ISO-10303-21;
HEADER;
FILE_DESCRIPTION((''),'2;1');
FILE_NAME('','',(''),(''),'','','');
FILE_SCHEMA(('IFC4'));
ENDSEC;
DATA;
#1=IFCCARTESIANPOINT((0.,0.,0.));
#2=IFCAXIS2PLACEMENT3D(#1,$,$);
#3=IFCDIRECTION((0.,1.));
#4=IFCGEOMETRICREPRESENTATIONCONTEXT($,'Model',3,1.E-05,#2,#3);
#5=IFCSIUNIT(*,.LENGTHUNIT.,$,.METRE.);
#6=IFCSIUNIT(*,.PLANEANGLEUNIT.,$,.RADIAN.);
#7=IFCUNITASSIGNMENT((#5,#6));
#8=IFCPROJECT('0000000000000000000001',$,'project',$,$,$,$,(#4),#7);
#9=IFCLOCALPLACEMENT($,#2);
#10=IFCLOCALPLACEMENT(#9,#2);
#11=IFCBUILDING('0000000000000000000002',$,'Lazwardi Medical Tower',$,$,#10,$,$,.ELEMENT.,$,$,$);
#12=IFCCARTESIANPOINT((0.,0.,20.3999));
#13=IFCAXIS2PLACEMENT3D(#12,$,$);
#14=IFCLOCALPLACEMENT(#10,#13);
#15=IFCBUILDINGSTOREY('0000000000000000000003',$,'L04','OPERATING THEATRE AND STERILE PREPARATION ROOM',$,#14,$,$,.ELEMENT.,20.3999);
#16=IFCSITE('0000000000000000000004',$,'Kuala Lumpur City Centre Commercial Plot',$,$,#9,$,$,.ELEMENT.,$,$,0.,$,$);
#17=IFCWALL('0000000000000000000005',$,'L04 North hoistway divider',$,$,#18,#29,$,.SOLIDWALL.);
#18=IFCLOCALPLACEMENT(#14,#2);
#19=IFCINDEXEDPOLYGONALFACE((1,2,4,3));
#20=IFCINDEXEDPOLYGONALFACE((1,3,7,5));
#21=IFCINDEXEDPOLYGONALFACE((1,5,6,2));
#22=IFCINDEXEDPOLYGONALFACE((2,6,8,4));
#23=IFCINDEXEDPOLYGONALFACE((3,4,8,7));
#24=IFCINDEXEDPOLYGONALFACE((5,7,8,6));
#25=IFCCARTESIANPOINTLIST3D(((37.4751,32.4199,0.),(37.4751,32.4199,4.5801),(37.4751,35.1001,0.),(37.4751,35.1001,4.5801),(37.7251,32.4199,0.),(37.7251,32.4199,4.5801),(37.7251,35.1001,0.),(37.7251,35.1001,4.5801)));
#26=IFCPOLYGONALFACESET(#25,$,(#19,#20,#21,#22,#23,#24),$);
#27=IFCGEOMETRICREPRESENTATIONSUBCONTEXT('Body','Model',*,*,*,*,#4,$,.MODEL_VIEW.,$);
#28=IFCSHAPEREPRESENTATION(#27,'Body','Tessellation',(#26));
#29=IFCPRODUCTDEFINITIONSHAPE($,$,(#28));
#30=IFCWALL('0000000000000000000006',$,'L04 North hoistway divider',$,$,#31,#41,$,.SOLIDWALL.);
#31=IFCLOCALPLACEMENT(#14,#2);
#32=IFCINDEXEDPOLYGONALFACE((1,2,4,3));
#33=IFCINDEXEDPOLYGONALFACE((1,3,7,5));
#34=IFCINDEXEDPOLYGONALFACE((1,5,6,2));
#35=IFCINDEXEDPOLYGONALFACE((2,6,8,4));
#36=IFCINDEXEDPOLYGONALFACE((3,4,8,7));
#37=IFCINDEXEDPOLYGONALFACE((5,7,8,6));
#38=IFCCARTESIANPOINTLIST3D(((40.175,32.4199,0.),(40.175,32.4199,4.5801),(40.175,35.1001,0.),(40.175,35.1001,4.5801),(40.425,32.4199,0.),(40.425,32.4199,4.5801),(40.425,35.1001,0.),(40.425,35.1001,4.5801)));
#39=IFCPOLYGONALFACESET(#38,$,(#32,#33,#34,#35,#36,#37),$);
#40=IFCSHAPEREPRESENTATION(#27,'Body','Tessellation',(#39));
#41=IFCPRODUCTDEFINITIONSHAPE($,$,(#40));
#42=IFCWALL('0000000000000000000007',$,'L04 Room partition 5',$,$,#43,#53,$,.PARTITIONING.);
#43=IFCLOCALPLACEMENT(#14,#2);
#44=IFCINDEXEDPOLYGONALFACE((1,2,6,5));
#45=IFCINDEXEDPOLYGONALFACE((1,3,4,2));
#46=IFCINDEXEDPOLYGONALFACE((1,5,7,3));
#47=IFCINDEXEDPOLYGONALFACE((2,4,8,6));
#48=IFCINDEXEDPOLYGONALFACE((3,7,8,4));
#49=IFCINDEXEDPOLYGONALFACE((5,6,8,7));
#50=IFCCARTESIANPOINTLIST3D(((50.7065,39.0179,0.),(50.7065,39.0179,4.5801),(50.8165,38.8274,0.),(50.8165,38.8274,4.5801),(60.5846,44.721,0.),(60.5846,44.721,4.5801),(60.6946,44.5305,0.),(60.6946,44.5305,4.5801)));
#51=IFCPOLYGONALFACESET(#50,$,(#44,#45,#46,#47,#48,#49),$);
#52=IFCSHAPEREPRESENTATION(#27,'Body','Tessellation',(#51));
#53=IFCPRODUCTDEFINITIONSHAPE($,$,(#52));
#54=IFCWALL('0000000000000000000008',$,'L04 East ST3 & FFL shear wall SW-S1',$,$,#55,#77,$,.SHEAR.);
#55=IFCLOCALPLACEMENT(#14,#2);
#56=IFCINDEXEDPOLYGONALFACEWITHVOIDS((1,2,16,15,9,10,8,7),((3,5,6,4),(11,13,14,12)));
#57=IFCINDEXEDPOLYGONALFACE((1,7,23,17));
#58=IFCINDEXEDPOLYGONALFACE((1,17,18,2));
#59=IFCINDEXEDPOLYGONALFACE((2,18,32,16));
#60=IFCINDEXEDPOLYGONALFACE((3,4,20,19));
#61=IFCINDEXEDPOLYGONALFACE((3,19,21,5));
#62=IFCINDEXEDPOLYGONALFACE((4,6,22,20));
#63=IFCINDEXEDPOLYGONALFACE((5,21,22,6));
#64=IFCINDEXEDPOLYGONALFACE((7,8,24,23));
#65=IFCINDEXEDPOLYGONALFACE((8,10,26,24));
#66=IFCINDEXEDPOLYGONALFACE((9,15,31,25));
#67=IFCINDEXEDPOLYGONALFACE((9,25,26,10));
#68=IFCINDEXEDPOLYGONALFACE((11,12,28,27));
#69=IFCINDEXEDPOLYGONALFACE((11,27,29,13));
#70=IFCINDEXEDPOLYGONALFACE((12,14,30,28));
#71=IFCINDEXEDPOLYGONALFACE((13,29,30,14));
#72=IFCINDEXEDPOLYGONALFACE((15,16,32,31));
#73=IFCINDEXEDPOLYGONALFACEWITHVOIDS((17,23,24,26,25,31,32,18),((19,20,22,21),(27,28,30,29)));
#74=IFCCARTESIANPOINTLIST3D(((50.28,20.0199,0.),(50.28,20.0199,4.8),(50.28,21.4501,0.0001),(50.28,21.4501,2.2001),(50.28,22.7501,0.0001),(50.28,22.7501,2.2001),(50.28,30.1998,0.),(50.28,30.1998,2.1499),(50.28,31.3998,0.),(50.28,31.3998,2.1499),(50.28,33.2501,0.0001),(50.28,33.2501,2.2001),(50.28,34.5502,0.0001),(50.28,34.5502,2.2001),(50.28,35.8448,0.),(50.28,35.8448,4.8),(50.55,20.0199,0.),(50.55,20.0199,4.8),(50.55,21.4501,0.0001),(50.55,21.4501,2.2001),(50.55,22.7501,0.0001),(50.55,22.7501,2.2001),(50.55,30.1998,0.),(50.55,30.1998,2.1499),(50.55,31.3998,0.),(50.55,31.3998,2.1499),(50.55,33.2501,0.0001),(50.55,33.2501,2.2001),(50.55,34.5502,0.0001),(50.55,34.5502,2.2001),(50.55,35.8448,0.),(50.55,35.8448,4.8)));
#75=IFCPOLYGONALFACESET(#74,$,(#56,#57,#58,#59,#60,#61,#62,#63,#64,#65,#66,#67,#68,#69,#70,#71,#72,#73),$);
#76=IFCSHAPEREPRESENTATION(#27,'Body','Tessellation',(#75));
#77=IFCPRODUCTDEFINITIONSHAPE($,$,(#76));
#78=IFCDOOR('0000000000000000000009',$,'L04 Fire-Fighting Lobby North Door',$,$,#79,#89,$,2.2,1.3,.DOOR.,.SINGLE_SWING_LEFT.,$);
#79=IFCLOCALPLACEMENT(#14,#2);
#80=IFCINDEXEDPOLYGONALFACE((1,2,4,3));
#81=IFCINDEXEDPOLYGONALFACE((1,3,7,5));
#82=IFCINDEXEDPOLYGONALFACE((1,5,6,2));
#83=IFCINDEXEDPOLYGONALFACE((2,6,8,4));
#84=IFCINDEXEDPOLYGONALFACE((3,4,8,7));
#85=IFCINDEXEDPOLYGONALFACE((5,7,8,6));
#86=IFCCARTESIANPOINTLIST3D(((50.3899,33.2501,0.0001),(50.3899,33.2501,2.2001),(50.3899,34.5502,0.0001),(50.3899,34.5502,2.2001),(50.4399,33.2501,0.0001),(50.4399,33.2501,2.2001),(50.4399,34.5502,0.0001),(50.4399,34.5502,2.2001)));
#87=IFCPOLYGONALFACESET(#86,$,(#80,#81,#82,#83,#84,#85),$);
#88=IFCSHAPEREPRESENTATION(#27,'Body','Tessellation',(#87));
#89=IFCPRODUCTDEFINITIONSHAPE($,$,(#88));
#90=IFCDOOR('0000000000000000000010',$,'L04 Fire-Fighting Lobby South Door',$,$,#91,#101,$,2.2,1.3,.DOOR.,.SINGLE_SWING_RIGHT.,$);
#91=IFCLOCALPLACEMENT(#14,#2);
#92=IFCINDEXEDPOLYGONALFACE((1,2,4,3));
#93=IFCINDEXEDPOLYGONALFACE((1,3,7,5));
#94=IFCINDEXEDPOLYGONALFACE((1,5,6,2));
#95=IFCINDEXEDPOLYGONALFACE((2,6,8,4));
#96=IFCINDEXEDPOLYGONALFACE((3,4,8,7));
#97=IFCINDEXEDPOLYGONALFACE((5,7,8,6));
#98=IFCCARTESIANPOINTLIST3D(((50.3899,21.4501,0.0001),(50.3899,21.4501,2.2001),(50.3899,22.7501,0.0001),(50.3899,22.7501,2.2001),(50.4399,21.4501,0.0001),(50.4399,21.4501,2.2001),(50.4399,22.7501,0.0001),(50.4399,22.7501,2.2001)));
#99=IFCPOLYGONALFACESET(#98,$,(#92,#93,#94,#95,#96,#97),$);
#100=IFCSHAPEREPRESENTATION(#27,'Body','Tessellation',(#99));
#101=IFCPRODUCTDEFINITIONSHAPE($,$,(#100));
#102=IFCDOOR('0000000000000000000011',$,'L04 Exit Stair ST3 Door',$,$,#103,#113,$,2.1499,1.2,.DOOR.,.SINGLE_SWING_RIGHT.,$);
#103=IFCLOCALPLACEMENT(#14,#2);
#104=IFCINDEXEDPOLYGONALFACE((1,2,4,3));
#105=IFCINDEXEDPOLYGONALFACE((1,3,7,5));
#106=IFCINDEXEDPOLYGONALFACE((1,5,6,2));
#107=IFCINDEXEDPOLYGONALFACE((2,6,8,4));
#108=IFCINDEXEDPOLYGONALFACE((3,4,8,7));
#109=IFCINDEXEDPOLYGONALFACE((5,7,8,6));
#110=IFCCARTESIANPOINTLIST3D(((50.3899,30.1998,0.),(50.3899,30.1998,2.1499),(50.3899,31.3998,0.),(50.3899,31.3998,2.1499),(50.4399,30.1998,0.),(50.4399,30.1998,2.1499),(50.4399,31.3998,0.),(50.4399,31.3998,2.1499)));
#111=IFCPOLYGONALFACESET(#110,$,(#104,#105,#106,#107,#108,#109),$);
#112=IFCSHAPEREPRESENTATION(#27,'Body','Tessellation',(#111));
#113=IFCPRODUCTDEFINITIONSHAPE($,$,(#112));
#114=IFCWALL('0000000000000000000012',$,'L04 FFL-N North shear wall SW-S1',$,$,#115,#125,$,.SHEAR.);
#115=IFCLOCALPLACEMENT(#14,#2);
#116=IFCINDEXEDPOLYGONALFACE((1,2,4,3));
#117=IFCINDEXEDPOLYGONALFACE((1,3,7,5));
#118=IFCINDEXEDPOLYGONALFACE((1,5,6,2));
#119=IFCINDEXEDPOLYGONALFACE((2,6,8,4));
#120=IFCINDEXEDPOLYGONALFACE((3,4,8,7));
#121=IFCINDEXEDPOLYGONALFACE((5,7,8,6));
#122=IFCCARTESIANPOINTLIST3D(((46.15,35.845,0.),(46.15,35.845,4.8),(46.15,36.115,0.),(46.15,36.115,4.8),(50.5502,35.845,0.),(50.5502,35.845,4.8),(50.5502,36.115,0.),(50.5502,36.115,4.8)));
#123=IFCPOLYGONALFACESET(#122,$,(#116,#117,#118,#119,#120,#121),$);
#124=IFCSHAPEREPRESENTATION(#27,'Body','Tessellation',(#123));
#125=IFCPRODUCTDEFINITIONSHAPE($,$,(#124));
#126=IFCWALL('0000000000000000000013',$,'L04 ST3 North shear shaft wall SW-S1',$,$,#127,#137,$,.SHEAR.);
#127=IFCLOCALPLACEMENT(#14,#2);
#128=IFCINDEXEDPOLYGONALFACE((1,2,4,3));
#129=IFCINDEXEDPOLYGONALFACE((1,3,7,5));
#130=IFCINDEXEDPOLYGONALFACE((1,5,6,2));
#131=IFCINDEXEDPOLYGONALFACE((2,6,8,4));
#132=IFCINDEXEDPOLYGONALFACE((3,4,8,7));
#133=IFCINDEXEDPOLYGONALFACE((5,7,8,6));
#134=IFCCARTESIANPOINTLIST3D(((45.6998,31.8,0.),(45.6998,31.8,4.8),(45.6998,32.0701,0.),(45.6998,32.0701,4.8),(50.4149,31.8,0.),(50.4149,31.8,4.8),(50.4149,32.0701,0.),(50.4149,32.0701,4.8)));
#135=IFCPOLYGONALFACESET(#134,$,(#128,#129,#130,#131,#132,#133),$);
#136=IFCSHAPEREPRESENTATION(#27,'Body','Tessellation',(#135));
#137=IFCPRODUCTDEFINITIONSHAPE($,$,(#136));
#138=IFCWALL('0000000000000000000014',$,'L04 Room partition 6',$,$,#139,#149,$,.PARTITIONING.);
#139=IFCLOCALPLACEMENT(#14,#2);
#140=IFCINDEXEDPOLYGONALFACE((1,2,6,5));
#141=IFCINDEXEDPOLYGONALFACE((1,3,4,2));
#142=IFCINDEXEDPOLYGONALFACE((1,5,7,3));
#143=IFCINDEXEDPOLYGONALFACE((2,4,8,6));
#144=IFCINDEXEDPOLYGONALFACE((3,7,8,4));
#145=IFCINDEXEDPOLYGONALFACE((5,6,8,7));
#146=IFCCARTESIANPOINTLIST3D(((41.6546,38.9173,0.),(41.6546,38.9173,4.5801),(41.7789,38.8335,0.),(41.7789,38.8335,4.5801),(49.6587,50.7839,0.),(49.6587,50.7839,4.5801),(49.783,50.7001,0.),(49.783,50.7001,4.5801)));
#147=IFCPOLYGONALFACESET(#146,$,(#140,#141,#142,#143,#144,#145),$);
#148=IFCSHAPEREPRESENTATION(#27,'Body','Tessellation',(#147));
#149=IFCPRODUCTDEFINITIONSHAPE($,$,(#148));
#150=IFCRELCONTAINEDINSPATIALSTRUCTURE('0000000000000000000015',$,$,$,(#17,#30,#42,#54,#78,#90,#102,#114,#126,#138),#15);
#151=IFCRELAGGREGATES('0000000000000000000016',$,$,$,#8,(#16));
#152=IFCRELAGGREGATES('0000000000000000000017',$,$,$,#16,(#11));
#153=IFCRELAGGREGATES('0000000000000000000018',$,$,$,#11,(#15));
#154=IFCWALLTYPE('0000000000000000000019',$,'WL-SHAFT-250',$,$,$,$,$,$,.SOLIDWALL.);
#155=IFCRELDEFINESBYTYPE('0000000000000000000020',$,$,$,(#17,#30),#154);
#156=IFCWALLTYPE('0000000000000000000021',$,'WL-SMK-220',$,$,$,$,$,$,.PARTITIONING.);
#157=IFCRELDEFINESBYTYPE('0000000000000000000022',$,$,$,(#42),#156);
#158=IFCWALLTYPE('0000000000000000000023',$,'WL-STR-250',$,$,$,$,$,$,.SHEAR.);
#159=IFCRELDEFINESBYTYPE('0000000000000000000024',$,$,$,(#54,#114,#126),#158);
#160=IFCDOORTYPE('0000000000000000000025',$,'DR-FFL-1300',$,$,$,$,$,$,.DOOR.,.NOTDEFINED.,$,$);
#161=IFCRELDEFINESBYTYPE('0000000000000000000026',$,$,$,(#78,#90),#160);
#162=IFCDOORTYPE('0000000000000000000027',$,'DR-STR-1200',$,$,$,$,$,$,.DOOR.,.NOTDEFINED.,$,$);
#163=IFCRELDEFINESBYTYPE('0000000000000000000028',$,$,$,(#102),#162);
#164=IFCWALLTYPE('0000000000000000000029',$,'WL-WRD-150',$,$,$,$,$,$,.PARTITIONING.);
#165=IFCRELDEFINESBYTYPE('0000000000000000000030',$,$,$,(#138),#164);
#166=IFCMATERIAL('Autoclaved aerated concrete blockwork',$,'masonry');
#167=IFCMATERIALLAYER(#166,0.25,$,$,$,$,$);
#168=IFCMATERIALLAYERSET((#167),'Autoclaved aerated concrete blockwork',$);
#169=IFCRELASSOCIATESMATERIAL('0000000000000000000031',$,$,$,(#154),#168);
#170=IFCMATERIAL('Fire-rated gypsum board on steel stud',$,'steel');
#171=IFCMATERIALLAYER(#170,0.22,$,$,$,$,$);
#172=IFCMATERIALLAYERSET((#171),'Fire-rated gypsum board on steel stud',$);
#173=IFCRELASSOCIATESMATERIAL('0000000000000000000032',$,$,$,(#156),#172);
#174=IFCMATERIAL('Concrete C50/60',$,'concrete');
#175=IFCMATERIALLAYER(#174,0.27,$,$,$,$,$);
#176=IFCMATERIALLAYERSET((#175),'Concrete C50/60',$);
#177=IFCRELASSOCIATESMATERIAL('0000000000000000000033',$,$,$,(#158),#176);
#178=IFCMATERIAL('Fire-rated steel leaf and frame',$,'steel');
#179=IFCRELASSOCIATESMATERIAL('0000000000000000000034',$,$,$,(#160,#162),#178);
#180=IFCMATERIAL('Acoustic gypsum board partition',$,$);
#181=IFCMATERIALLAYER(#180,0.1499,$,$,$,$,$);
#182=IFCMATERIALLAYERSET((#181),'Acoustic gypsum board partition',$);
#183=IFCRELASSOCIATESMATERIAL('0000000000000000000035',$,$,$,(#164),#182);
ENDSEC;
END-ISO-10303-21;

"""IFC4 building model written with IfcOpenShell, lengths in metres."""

from ifc_helpers import new_model, si_unit, direction, frame, frame_2d, origin, place, context, subcontext, project, spatial, rectangle, extrude, material, layer, layer_set, type_object, element, fill, save


model = new_model("IFC4")

# Units and contexts
model_context = context("Model", 3, precision=1e-05, world=origin(), true_north=direction((0.0, 1.0)))
body_context = subcontext(model_context, "Body", "Model", "MODEL_VIEW")
ifc_project = project(units=[si_unit("LENGTHUNIT", "METRE"), si_unit("PLANEANGLEUNIT", "RADIAN")], contexts=[model_context])

# Site, building, storey
site_placement = place(None, origin())
site = spatial("IfcSite", under=ifc_project, at=site_placement, Name="Kuala Lumpur City Centre Commercial Plot", CompositionType="ELEMENT", RefElevation=0.0)
building_placement = place(site_placement, origin())
building = spatial("IfcBuilding", under=site, at=building_placement, Name="Lazwardi Medical Tower", CompositionType="ELEMENT")
storey_placement = place(building_placement, frame((0.0, 0.0, 20.3999)))
storey = spatial("IfcBuildingStorey", under=building, at=storey_placement, Name="L04", Description="OPERATING THEATRE AND STERILE PREPARATION ROOM", CompositionType="ELEMENT", Elevation=20.3999)

# Walls
ifc_material_1 = material(Name="Autoclaved aerated concrete blockwork", Category="masonry")
ifc_layer_1 = layer(ifc_material_1, 0.25)
ifc_layer_set_1 = layer_set([ifc_layer_1], Name="Autoclaved aerated concrete blockwork")
wall_type_1 = type_object("IfcWallType", Name="WL-SHAFT-250", PredefinedType="SOLIDWALL", material=ifc_layer_set_1)
for number, where, z_axis, x_axis, name in (
    (1, (37.6001, 32.4199, 0.0), (0.0, 0.0, 1.0), (0.0, 1.0, 0.0), "L04 North hoistway divider"),
    (2, (40.3, 32.4199, 0.0), (0.0, 0.0, 1.0), (0.0, 1.0, 0.0), "L04 North hoistway divider"),
):
    element("IfcWall", number, at=place(storey_placement, frame(where, z_axis=z_axis, x_axis=x_axis)), inside=storey, type_object=wall_type_1, Name=name, PredefinedType="SOLIDWALL", context=body_context, shape_type="SweptSolid", body=[
        extrude(rectangle(XDim=2.6802, YDim=0.25, at=frame_2d((1.3401, 0.0))), origin(), (0.0, 0.0, 1.0), 4.5801),
    ])
ifc_material_2 = material(Name="Fire-rated gypsum board on steel stud", Category="steel")
ifc_layer_2 = layer(ifc_material_2, 0.22)
ifc_layer_set_2 = layer_set([ifc_layer_2], Name="Fire-rated gypsum board on steel stud")
wall_type_2 = type_object("IfcWallType", Name="WL-SMK-220", PredefinedType="PARTITIONING", material=ifc_layer_set_2)
wall_1_placement = place(storey_placement, frame((50.7615, 38.9226, 0.0), z_axis=(0.0, 0.0, 1.0), x_axis=(0.866027, 0.499997, 0.0)))
element("IfcWall", 3, at=wall_1_placement, inside=storey, type_object=wall_type_2, Name="L04 Room partition 5", PredefinedType="PARTITIONING", context=body_context, shape_type="SweptSolid", body=[
    extrude(rectangle(XDim=11.4062, YDim=0.22, at=frame_2d((5.7031, 0.0))), origin(), (0.0, 0.0, 1.0), 4.5801),
])

# Wall, openings, doors
ifc_material_3 = material(Name="Concrete C50/60", Category="concrete")
ifc_layer_3 = layer(ifc_material_3, 0.27)
ifc_layer_set_3 = layer_set([ifc_layer_3], Name="Concrete C50/60")
wall_type_3 = type_object("IfcWallType", Name="WL-STR-250", PredefinedType="SHEAR", material=ifc_layer_set_3)
wall_2_placement = place(storey_placement, frame((50.415, 35.845, 0.0), z_axis=(0.0, 0.0, 1.0), x_axis=(0.0, -1.0, 0.0)))
wall_2 = element("IfcWall", 4, at=wall_2_placement, inside=storey, type_object=wall_type_3, Name="L04 East ST3 & FFL shear wall SW-S1", PredefinedType="SHEAR", context=body_context, shape_type="SweptSolid", body=[
    extrude(rectangle(XDim=15.825, YDim=0.27, at=frame_2d((7.9126, 0.0))), origin(), (0.0, 0.0, 1.0), 4.8),
])
opening_1_placement = place(wall_2_placement, frame((4.4451, 0.0, 0.0)))
opening_1 = element("IfcOpeningElement", 5, at=opening_1_placement, cuts=wall_2, PredefinedType="OPENING", context=body_context, shape_type="SweptSolid", body=[
    extrude(rectangle(XDim=1.2, YDim=2.1499, at=frame_2d((0.6001, 1.075))), frame((0.0, 0.145, 0.0), z_axis=(0.0, -1.0, 0.0), x_axis=(1.0, 0.0, 0.0)), (0.0, 0.0, 1.0), 0.29),
])
opening_2_placement = place(wall_2_placement, frame((1.2949, 0.0, 0.0)))
opening_2 = element("IfcOpeningElement", 6, at=opening_2_placement, cuts=wall_2, PredefinedType="OPENING", context=body_context, shape_type="SweptSolid", body=[
    extrude(rectangle(XDim=1.3, YDim=2.2, at=frame_2d((0.6499, 1.1001))), frame((0.0, 0.145, 0.0), z_axis=(0.0, -1.0, 0.0), x_axis=(1.0, 0.0, 0.0)), (0.0, 0.0, 1.0), 0.29),
])
opening_3_placement = place(wall_2_placement, frame((13.095, 0.0, 0.0)))
opening_3 = element("IfcOpeningElement", 7, at=opening_3_placement, cuts=wall_2, PredefinedType="OPENING", context=body_context, shape_type="SweptSolid", body=[
    extrude(rectangle(XDim=1.3, YDim=2.2, at=frame_2d((0.6499, 1.1001))), frame((0.0, 0.145, 0.0), z_axis=(0.0, -1.0, 0.0), x_axis=(1.0, 0.0, 0.0)), (0.0, 0.0, 1.0), 0.29),
])
ifc_material_4 = material(Name="Fire-rated steel leaf and frame", Category="steel")
door_type_1 = type_object("IfcDoorType", Name="DR-FFL-1300", OperationType="NOTDEFINED", PredefinedType="DOOR", material=ifc_material_4)
door_1_placement = place(opening_2_placement, origin())
door_1 = element("IfcDoor", 8, at=door_1_placement, inside=storey, type_object=door_type_1, Name="L04 Fire-Fighting Lobby North Door", OperationType="SINGLE_SWING_LEFT", OverallHeight=2.2, OverallWidth=1.3, PredefinedType="DOOR", context=body_context, shape_type="SweptSolid", body=[
    extrude(rectangle(XDim=1.3, YDim=2.2, at=frame_2d((0.6499, 1.1001))), frame((0.0, 0.0249, 0.0), z_axis=(0.0, -1.0, 0.0), x_axis=(1.0, 0.0, 0.0)), (0.0, 0.0, 1.0), 0.05),
])
fill(opening_2, door_1)
door_2_placement = place(opening_3_placement, origin())
door_2 = element("IfcDoor", 9, at=door_2_placement, inside=storey, type_object=door_type_1, Name="L04 Fire-Fighting Lobby South Door", OperationType="SINGLE_SWING_RIGHT", OverallHeight=2.2, OverallWidth=1.3, PredefinedType="DOOR", context=body_context, shape_type="SweptSolid", body=[
    extrude(rectangle(XDim=1.3, YDim=2.2, at=frame_2d((0.6499, 1.1001))), frame((0.0, 0.0249, 0.0), z_axis=(0.0, -1.0, 0.0), x_axis=(1.0, 0.0, 0.0)), (0.0, 0.0, 1.0), 0.05),
])
fill(opening_3, door_2)
door_type_2 = type_object("IfcDoorType", Name="DR-STR-1200", OperationType="NOTDEFINED", PredefinedType="DOOR", material=ifc_material_4)
door_3_placement = place(opening_1_placement, origin())
door_3 = element("IfcDoor", 10, at=door_3_placement, inside=storey, type_object=door_type_2, Name="L04 Exit Stair ST3 Door", OperationType="SINGLE_SWING_RIGHT", OverallHeight=2.1499, OverallWidth=1.2, PredefinedType="DOOR", context=body_context, shape_type="SweptSolid", body=[
    extrude(rectangle(XDim=1.2, YDim=2.1499, at=frame_2d((0.6001, 1.075))), frame((0.0, 0.0249, 0.0), z_axis=(0.0, -1.0, 0.0), x_axis=(1.0, 0.0, 0.0)), (0.0, 0.0, 1.0), 0.05),
])
fill(opening_1, door_3)

# Walls
wall_3_placement = place(storey_placement, frame((46.1499, 35.98, 0.0), z_axis=(0.0, 0.0, 1.0), x_axis=(1.0, 0.0, 0.0)))
element("IfcWall", 11, at=wall_3_placement, inside=storey, type_object=wall_type_3, Name="L04 FFL-N North shear wall SW-S1", PredefinedType="SHEAR", context=body_context, shape_type="SweptSolid", body=[
    extrude(rectangle(XDim=4.4001, YDim=0.27, at=frame_2d((2.2002, 0.0))), origin(), (0.0, 0.0, 1.0), 4.8),
])
wall_4_placement = place(storey_placement, frame((45.7, 31.9351, 0.0), z_axis=(0.0, 0.0, 1.0), x_axis=(1.0, 0.0, 0.0)))
element("IfcWall", 12, at=wall_4_placement, inside=storey, type_object=wall_type_3, Name="L04 ST3 North shear shaft wall SW-S1", PredefinedType="SHEAR", context=body_context, shape_type="SweptSolid", body=[
    extrude(rectangle(XDim=4.7151, YDim=0.27, at=frame_2d((2.3574, 0.0))), origin(), (0.0, 0.0, 1.0), 4.8),
])
ifc_material_5 = material(Name="Acoustic gypsum board partition")
ifc_layer_4 = layer(ifc_material_5, 0.1499)
ifc_layer_set_4 = layer_set([ifc_layer_4], Name="Acoustic gypsum board partition")
wall_type_4 = type_object("IfcWallType", Name="WL-WRD-150", PredefinedType="PARTITIONING", material=ifc_layer_set_4)
wall_5_placement = place(storey_placement, frame((41.7168, 38.8755, 0.0), z_axis=(0.0, 0.0, 1.0), x_axis=(0.559191, 0.829039, 0.0)))
element("IfcWall", 13, at=wall_5_placement, inside=storey, type_object=wall_type_4, Name="L04 Room partition 6", PredefinedType="PARTITIONING", context=body_context, shape_type="SweptSolid", body=[
    extrude(rectangle(XDim=14.3137, YDim=0.1499, at=frame_2d((7.1567, 0.0))), origin(), (0.0, 0.0, 1.0), 4.5801),
])

save(model, "model.ifc")
